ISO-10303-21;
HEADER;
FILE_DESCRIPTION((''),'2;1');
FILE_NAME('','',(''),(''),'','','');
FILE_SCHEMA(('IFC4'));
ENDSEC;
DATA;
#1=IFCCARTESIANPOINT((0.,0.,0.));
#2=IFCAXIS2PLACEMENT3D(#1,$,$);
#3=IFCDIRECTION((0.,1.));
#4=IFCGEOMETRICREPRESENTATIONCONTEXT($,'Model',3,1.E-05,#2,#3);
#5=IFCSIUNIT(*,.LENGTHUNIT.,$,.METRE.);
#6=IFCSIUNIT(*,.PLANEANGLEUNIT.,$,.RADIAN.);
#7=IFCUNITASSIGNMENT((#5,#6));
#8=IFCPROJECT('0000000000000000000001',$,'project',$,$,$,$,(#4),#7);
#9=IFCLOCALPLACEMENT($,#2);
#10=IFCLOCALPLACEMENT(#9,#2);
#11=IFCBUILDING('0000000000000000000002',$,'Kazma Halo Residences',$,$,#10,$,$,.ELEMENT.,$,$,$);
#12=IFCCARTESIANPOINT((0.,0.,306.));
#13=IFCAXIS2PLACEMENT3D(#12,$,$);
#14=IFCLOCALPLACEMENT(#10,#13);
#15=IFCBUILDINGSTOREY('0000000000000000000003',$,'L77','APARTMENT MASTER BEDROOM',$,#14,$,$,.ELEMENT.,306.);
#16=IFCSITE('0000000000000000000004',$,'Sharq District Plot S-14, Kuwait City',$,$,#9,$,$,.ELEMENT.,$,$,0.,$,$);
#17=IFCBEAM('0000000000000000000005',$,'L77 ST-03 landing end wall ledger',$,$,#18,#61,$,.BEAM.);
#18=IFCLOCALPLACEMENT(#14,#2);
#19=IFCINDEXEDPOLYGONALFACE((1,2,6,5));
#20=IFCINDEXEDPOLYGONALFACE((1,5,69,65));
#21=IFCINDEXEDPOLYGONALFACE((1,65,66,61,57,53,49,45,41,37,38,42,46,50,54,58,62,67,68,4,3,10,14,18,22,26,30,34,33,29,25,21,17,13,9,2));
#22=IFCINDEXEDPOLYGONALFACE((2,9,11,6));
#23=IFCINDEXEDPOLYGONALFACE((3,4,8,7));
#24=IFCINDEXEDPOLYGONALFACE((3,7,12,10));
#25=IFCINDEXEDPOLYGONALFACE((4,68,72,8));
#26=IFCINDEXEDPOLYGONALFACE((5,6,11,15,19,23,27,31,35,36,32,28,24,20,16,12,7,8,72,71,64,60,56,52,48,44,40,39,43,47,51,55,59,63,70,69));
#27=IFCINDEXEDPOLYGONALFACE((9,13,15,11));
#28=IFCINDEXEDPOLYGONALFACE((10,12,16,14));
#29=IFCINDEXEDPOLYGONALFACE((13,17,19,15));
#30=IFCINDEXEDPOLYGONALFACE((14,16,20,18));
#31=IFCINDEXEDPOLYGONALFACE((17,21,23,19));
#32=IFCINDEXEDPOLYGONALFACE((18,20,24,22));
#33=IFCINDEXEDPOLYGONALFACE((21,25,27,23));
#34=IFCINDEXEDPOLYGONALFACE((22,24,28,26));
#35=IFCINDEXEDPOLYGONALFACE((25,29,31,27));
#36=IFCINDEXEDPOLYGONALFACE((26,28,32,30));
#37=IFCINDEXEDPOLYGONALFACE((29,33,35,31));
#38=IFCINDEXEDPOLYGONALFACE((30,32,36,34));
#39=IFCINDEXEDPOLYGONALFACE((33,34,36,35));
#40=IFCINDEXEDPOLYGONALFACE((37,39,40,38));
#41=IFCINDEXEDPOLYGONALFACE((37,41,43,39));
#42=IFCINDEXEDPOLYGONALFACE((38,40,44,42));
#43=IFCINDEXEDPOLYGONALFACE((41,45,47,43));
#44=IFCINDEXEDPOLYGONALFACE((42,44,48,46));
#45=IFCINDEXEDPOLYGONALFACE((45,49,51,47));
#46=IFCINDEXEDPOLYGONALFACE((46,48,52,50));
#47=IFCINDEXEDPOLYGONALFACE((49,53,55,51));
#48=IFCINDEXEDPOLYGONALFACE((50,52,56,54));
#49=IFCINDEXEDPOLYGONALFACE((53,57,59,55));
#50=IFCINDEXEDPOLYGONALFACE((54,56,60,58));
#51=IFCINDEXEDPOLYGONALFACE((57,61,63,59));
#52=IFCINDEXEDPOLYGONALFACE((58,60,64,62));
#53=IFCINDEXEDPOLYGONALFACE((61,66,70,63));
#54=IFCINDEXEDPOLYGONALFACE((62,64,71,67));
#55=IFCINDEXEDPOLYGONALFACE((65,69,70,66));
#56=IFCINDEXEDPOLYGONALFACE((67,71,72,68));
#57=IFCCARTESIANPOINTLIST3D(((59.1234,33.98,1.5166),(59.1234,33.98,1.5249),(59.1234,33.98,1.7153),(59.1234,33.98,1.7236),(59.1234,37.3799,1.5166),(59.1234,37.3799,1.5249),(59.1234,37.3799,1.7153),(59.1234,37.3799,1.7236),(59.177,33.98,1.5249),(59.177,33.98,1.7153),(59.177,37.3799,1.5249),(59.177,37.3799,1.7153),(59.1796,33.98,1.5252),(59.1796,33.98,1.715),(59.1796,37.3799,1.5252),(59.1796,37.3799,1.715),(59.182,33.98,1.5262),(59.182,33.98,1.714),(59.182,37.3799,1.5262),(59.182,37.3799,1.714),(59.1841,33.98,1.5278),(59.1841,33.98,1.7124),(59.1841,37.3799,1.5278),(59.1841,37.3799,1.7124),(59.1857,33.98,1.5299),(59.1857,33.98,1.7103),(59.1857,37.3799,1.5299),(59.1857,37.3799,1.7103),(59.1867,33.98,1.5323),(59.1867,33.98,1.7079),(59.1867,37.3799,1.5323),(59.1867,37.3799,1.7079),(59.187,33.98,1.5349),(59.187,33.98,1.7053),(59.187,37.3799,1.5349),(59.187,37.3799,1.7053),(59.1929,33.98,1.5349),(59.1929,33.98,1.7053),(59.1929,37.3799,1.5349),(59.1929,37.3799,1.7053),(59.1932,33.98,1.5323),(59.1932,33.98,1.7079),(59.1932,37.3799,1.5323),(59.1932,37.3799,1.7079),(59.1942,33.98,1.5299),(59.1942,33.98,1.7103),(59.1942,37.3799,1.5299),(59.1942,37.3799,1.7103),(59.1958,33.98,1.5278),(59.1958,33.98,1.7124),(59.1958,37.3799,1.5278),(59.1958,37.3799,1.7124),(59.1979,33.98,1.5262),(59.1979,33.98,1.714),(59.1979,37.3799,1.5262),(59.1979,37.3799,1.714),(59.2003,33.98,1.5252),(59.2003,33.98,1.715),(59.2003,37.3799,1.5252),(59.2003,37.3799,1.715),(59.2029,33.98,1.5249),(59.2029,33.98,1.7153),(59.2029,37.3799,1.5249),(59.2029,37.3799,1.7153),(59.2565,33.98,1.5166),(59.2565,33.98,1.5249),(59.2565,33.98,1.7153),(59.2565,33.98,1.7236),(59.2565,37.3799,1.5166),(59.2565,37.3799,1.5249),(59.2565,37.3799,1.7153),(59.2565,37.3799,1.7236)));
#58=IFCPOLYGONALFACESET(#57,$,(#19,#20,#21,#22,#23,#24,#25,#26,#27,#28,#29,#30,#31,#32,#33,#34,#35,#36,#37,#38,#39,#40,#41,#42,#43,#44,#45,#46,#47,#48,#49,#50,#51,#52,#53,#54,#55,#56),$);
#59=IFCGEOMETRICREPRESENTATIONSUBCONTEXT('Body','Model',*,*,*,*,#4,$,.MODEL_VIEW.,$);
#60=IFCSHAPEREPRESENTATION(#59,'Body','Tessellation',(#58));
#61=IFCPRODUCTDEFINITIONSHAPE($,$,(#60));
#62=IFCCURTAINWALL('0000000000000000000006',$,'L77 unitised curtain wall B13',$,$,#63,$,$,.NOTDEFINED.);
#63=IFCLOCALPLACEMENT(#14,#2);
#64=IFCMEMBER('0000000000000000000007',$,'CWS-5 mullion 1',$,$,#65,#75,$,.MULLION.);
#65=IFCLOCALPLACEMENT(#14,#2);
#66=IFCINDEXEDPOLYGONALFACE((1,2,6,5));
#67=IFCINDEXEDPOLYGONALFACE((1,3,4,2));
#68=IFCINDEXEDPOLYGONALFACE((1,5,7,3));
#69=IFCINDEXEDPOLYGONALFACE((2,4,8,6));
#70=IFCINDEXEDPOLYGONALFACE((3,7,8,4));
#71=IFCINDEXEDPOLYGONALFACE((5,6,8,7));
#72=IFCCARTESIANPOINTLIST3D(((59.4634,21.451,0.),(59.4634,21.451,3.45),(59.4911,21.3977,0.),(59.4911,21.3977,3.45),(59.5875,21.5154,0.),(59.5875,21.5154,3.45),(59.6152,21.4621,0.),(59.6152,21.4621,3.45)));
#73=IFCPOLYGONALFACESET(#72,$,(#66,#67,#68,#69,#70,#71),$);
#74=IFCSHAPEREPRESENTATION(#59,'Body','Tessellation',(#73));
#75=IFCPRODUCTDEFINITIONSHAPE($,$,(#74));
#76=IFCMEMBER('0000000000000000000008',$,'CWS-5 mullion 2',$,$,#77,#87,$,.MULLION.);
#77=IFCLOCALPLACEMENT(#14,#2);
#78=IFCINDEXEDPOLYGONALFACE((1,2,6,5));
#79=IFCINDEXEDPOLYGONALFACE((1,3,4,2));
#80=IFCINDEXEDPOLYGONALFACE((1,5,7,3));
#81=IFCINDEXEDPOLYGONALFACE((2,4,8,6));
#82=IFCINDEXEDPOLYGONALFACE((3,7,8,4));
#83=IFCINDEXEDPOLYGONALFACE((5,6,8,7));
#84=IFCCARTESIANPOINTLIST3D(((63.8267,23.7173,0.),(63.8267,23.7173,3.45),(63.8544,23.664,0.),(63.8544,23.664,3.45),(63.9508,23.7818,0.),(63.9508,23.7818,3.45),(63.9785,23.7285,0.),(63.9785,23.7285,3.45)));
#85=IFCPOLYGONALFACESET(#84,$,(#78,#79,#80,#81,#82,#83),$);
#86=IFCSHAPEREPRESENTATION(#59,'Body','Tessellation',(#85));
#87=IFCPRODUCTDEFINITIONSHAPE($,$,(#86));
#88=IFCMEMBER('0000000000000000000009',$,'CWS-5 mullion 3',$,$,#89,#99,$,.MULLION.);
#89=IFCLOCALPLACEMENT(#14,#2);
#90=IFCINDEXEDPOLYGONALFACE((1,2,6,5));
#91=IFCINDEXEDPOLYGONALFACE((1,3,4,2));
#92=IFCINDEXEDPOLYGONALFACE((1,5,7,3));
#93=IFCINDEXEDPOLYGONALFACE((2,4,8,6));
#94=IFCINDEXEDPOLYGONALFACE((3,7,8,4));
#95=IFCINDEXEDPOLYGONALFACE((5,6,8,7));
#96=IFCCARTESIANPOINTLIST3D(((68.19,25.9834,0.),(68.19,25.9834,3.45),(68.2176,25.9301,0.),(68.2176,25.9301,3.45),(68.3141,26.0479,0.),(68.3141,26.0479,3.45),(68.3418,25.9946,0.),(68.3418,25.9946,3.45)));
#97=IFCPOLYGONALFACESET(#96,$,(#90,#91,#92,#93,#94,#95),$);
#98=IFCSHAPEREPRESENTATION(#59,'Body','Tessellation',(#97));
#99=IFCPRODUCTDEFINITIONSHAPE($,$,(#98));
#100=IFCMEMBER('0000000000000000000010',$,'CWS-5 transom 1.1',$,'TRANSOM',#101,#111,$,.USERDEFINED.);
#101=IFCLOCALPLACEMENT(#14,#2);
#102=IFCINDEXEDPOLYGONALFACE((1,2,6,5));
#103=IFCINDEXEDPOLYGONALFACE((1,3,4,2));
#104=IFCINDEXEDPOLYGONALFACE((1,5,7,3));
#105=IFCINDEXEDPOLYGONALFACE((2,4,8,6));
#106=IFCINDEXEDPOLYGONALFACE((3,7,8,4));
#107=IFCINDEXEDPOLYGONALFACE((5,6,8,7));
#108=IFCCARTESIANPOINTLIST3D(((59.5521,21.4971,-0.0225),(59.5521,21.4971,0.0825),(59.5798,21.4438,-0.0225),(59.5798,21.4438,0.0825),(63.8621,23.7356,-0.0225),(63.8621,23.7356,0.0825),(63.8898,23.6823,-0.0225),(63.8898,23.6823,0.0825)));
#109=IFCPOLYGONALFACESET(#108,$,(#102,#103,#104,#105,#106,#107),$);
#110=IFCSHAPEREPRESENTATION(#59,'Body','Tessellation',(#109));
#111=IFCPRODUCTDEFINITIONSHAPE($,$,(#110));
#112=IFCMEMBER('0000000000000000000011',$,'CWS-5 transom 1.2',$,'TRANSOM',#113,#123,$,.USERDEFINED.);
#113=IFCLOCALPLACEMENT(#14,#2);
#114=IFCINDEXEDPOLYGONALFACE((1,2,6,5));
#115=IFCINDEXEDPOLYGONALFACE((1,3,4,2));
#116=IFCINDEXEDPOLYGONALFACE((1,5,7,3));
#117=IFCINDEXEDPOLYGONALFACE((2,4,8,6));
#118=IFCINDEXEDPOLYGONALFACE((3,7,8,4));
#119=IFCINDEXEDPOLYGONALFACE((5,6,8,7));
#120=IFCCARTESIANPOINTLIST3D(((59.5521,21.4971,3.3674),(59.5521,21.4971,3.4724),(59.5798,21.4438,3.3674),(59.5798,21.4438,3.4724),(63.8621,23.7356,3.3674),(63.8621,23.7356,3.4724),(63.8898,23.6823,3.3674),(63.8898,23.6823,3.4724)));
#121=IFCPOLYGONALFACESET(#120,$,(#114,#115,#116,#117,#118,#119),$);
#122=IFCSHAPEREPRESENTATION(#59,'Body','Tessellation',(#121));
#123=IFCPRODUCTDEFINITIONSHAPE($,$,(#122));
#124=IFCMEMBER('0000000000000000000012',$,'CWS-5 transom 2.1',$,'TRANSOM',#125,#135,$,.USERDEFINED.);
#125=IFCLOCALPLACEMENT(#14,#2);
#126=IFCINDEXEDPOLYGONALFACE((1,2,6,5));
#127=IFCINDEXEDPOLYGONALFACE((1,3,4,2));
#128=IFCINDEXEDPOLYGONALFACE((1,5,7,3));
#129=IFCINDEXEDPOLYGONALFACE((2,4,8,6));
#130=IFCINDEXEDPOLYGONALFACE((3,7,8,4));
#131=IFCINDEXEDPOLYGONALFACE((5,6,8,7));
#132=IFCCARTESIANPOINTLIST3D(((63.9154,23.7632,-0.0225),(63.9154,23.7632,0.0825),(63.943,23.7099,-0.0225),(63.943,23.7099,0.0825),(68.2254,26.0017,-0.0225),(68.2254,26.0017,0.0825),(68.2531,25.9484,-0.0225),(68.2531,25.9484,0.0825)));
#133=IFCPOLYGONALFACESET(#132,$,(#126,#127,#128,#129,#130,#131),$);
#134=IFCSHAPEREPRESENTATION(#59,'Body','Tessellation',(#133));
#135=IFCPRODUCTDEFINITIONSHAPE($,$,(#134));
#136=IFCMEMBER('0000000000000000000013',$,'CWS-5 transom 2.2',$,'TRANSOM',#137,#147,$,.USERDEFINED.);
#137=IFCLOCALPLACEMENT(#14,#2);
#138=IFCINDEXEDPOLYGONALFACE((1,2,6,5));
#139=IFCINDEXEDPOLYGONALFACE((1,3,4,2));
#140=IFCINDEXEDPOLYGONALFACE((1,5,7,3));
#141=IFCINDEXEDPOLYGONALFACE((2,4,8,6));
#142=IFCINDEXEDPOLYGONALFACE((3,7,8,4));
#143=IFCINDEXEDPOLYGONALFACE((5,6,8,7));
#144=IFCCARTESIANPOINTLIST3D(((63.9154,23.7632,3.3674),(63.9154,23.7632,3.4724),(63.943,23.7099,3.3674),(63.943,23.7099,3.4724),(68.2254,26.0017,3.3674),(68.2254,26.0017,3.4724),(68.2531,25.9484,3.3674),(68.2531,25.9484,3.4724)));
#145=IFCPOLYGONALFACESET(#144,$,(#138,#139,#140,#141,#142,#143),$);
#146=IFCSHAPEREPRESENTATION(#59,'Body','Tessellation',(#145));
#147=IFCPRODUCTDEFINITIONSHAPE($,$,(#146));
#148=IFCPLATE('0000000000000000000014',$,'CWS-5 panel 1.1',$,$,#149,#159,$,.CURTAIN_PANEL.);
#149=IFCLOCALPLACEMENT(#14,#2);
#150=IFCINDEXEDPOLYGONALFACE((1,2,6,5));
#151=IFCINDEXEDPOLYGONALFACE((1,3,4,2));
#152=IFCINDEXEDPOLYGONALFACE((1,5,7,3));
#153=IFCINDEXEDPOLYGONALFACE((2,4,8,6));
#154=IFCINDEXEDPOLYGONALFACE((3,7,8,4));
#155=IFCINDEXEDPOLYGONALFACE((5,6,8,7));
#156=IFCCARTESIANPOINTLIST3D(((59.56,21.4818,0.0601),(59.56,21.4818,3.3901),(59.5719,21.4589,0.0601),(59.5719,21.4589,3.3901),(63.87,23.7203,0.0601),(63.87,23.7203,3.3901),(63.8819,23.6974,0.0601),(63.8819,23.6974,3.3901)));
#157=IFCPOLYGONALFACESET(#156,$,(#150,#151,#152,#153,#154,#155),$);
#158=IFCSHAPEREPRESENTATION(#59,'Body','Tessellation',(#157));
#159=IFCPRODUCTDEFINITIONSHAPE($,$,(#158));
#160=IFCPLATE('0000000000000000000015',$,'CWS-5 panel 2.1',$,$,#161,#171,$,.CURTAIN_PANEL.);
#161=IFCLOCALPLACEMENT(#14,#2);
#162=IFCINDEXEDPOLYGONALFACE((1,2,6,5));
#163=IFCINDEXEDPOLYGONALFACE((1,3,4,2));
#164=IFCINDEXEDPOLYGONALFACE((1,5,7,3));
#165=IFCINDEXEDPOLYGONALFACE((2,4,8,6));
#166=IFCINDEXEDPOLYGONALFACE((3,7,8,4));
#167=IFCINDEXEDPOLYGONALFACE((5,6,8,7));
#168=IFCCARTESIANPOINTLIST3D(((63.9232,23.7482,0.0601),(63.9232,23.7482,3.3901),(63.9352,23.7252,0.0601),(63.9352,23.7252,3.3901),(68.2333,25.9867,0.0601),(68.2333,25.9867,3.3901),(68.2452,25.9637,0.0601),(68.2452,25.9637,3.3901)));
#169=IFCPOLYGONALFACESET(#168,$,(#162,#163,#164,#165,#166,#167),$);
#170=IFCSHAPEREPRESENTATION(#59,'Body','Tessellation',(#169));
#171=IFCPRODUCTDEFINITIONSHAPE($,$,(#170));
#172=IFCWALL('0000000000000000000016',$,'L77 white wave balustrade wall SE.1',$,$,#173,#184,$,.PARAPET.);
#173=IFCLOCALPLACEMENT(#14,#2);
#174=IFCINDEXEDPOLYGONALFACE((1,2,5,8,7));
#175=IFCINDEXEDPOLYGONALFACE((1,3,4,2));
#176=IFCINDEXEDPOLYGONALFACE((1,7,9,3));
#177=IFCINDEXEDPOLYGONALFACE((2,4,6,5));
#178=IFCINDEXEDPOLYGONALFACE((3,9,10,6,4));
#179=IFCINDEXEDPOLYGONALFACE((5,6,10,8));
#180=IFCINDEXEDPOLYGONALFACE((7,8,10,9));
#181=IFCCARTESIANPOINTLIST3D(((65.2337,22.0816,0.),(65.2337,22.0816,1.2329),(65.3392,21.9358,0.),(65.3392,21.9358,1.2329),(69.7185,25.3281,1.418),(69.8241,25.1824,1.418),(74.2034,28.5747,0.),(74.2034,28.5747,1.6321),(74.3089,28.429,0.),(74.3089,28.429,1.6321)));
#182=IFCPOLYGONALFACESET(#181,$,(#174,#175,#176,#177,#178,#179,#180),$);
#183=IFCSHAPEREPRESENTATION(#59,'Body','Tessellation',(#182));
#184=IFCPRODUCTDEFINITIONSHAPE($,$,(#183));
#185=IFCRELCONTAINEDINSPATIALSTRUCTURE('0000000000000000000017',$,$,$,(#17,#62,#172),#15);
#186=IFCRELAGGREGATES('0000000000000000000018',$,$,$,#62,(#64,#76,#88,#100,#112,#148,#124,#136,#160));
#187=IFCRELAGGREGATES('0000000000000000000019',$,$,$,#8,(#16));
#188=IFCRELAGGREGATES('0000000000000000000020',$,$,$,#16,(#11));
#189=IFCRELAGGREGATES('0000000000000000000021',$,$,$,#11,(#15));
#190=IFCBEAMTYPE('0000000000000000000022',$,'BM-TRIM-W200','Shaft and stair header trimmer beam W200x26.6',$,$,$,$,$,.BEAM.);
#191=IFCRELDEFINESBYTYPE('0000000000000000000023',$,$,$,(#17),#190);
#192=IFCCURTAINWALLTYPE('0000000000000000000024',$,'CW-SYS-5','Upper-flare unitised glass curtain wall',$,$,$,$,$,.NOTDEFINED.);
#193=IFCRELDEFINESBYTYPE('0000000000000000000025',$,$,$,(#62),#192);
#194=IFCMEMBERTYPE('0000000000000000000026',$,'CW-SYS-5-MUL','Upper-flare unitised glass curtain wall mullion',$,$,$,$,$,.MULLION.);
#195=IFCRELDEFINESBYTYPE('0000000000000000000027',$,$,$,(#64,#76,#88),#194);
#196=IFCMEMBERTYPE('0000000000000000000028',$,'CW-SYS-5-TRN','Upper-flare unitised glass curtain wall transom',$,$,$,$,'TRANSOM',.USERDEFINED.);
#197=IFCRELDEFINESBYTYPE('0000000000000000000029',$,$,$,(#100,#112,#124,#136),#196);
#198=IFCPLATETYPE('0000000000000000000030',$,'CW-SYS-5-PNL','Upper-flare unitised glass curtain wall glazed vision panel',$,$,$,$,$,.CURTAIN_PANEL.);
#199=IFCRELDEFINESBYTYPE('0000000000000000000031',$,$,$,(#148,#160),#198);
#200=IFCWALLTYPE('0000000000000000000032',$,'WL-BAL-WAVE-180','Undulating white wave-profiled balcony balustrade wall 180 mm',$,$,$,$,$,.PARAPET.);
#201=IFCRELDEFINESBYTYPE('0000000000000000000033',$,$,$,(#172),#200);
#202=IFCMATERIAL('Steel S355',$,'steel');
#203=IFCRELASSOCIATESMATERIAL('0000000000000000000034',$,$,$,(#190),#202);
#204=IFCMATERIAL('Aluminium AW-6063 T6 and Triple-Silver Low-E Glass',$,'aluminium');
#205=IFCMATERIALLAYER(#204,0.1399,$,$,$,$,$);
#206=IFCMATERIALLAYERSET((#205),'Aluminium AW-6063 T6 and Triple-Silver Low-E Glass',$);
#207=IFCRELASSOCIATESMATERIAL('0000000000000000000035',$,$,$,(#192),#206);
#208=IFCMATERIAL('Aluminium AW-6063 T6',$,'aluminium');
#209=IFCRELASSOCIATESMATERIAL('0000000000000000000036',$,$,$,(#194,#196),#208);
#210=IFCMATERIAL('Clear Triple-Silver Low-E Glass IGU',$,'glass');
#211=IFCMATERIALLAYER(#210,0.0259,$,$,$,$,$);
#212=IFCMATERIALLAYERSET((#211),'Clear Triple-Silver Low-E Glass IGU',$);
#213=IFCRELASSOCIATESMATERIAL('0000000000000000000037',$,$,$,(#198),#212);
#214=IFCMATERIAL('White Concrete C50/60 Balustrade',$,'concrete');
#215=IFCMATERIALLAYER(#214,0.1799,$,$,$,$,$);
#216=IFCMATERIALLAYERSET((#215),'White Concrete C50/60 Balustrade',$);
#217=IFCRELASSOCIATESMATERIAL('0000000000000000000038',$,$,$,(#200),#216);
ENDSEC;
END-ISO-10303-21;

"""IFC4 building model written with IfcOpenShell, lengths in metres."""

from ifc_helpers import new_model, si_unit, direction, frame, origin, origin_2d, place, context, subcontext, project, spatial, polyline, rectangle, i_section, outline, extrude, material, layer, layer_set, material_profile, profile_set, type_object, element, aggregate, save


model = new_model("IFC4")

# Units and contexts
model_context = context("Model", 3, precision=1e-05, world=origin(), true_north=direction((0.0, 1.0)))
body_context = subcontext(model_context, "Body", "Model", "MODEL_VIEW")
ifc_project = project(units=[si_unit("LENGTHUNIT", "METRE"), si_unit("PLANEANGLEUNIT", "RADIAN")], contexts=[model_context])

# Site, building, storey
site_placement = place(None, origin())
site = spatial("IfcSite", under=ifc_project, at=site_placement, Name="Sharq District Plot S-14, Kuwait City", CompositionType="ELEMENT", RefElevation=0.0)
building_placement = place(site_placement, origin())
building = spatial("IfcBuilding", under=site, at=building_placement, Name="Kazma Halo Residences", CompositionType="ELEMENT")
storey_placement = place(building_placement, frame((0.0, 0.0, 306.0)))
storey = spatial("IfcBuildingStorey", under=building, at=storey_placement, Name="L77", Description="APARTMENT MASTER BEDROOM", CompositionType="ELEMENT", Elevation=306.0)

# Beam
ifc_material_1 = material(Name="Steel S355", Category="steel")
ifc_material_profile_1 = material_profile(ifc_material_1, i_section(OverallWidth=0.1331, OverallDepth=0.207, WebThickness=0.0059, FlangeThickness=0.0083, FilletRadius=0.01, at=origin_2d()), Name="W200x26.6")
ifc_profile_set_1 = profile_set([ifc_material_profile_1], Name="Steel S355")
beam_type_1 = type_object("IfcBeamType", Name="BM-TRIM-W200", Description="Shaft and stair header trimmer beam W200x26.6", PredefinedType="BEAM", material=ifc_profile_set_1)
beam_1_placement = place(storey_placement, frame((59.1899, 33.98, 1.6201), z_axis=(0.0, 1.0, 0.0), x_axis=(-1.0, 0.0, 0.0)))
element("IfcBeam", 1, at=beam_1_placement, inside=storey, type_object=beam_type_1, Name="L77 ST-03 landing end wall ledger", PredefinedType="BEAM", context=body_context, shape_type="SweptSolid", body=[
    extrude(i_section(OverallWidth=0.1331, OverallDepth=0.207, WebThickness=0.0059, FlangeThickness=0.0083, FilletRadius=0.01, at=origin_2d()), origin(), (0.0, 0.0, 1.0), 3.3999),
])

# Curtain wall, members, plates
ifc_material_2 = material(Name="Aluminium AW-6063 T6 and Triple-Silver Low-E Glass", Category="aluminium")
ifc_layer_1 = layer(ifc_material_2, 0.1399)
ifc_layer_set_1 = layer_set([ifc_layer_1], Name="Aluminium AW-6063 T6 and Triple-Silver Low-E Glass")
curtain_wall_type = type_object("IfcCurtainWallType", Name="CW-SYS-5", Description="Upper-flare unitised glass curtain wall", PredefinedType="NOTDEFINED", material=ifc_layer_set_1)
curtain_wall_placement = place(storey_placement, origin())
curtain_wall = element("IfcCurtainWall", 2, at=curtain_wall_placement, inside=storey, type_object=curtain_wall_type, Name="L77 unitised curtain wall B13", PredefinedType="NOTDEFINED")
ifc_material_3 = material(Name="Aluminium AW-6063 T6", Category="aluminium")
ifc_material_profile_2 = material_profile(ifc_material_3, rectangle(XDim=0.0601, YDim=0.1399, at=origin_2d()), Name="CWM-60x140")
ifc_profile_set_2 = profile_set([ifc_material_profile_2], Name="Aluminium AW-6063 T6")
member_type_1 = type_object("IfcMemberType", Name="CW-SYS-5-MUL", Description="Upper-flare unitised glass curtain wall mullion", PredefinedType="MULLION", material=ifc_profile_set_2)
member_1_placement = place(storey_placement, frame((59.5393, 21.4565, 0.0), z_axis=(0.0, 0.0, 1.0), x_axis=(-0.460915, 0.887444, 0.0)))
member_1 = element("IfcMember", 3, at=member_1_placement, type_object=member_type_1, Name="CWS-5 mullion 1", PredefinedType="MULLION", context=body_context, shape_type="SweptSolid", body=[
    extrude(rectangle(XDim=0.0601, YDim=0.1399, at=origin_2d()), origin(), (0.0, 0.0, 1.0), 3.45),
])
member_2_placement = place(storey_placement, frame((63.9026, 23.7229, 0.0), z_axis=(0.0, 0.0, 1.0), x_axis=(-0.460915, 0.887444, 0.0)))
member_2 = element("IfcMember", 4, at=member_2_placement, type_object=member_type_1, Name="CWS-5 mullion 2", PredefinedType="MULLION", context=body_context, shape_type="SweptSolid", body=[
    extrude(rectangle(XDim=0.0601, YDim=0.1399, at=origin_2d()), origin(), (0.0, 0.0, 1.0), 3.45),
])
member_3_placement = place(storey_placement, frame((68.2659, 25.989, 0.0), z_axis=(0.0, 0.0, 1.0), x_axis=(-0.460915, 0.887444, 0.0)))
member_3 = element("IfcMember", 5, at=member_3_placement, type_object=member_type_1, Name="CWS-5 mullion 3", PredefinedType="MULLION", context=body_context, shape_type="SweptSolid", body=[
    extrude(rectangle(XDim=0.0601, YDim=0.1399, at=origin_2d()), origin(), (0.0, 0.0, 1.0), 3.45),
])
ifc_material_profile_3 = material_profile(ifc_material_3, rectangle(XDim=0.0601, YDim=0.105, at=origin_2d()), Name="CWT-60x105")
ifc_profile_set_3 = profile_set([ifc_material_profile_3], Name="Aluminium AW-6063 T6")
member_type_2 = type_object("IfcMemberType", Name="CW-SYS-5-TRN", Description="Upper-flare unitised glass curtain wall transom", ElementType="TRANSOM", PredefinedType="USERDEFINED", material=ifc_profile_set_3)
member_4_placement = place(storey_placement, frame((59.5659, 21.4705, 0.03), z_axis=(0.887445, 0.460914, 0.0), x_axis=(-0.460914, 0.887445, 0.0)))
member_4 = element("IfcMember", 6, at=member_4_placement, type_object=member_type_2, Name="CWS-5 transom 1.1", ObjectType="TRANSOM", PredefinedType="USERDEFINED", context=body_context, shape_type="SweptSolid", body=[
    extrude(rectangle(XDim=0.0601, YDim=0.105, at=origin_2d()), origin(), (0.0, 0.0, 1.0), 4.8567),
])
member_5_placement = place(storey_placement, frame((59.5659, 21.4705, 3.4199), z_axis=(0.887445, 0.460914, 0.0), x_axis=(-0.460914, 0.887445, 0.0)))
member_5 = element("IfcMember", 7, at=member_5_placement, type_object=member_type_2, Name="CWS-5 transom 1.2", ObjectType="TRANSOM", PredefinedType="USERDEFINED", context=body_context, shape_type="SweptSolid", body=[
    extrude(rectangle(XDim=0.0601, YDim=0.105, at=origin_2d()), origin(), (0.0, 0.0, 1.0), 4.8567),
])
member_6_placement = place(storey_placement, frame((63.9292, 23.7366, 0.03), z_axis=(0.887445, 0.460914, 0.0), x_axis=(-0.460914, 0.887445, 0.0)))
member_6 = element("IfcMember", 8, at=member_6_placement, type_object=member_type_2, Name="CWS-5 transom 2.1", ObjectType="TRANSOM", PredefinedType="USERDEFINED", context=body_context, shape_type="SweptSolid", body=[
    extrude(rectangle(XDim=0.0601, YDim=0.105, at=origin_2d()), origin(), (0.0, 0.0, 1.0), 4.8567),
])
member_7_placement = place(storey_placement, frame((63.9292, 23.7366, 3.4199), z_axis=(0.887445, 0.460914, 0.0), x_axis=(-0.460914, 0.887445, 0.0)))
member_7 = element("IfcMember", 9, at=member_7_placement, type_object=member_type_2, Name="CWS-5 transom 2.2", ObjectType="TRANSOM", PredefinedType="USERDEFINED", context=body_context, shape_type="SweptSolid", body=[
    extrude(rectangle(XDim=0.0601, YDim=0.105, at=origin_2d()), origin(), (0.0, 0.0, 1.0), 4.8567),
])
ifc_material_4 = material(Name="Clear Triple-Silver Low-E Glass IGU", Category="glass")
ifc_layer_2 = layer(ifc_material_4, 0.0259)
ifc_layer_set_2 = layer_set([ifc_layer_2], Name="Clear Triple-Silver Low-E Glass IGU")
plate_type = type_object("IfcPlateType", Name="CW-SYS-5-PNL", Description="Upper-flare unitised glass curtain wall glazed vision panel", PredefinedType="CURTAIN_PANEL", material=ifc_layer_set_2)
plate_1_placement = place(storey_placement, frame((61.7209, 22.5896, 0.0601), z_axis=(0.0, 0.0, 1.0), x_axis=(0.887444, 0.460915, 0.0)))
plate_1 = element("IfcPlate", 10, at=plate_1_placement, type_object=plate_type, Name="CWS-5 panel 1.1", PredefinedType="CURTAIN_PANEL", context=body_context, shape_type="SweptSolid", body=[
    extrude(rectangle(XDim=4.8567, YDim=0.0259, at=origin_2d()), origin(), (0.0, 0.0, 1.0), 3.3301),
])
plate_2_placement = place(storey_placement, frame((66.0842, 24.856, 0.0601), z_axis=(0.0, 0.0, 1.0), x_axis=(0.887444, 0.460915, 0.0)))
plate_2 = element("IfcPlate", 11, at=plate_2_placement, type_object=plate_type, Name="CWS-5 panel 2.1", PredefinedType="CURTAIN_PANEL", context=body_context, shape_type="SweptSolid", body=[
    extrude(rectangle(XDim=4.8567, YDim=0.0259, at=origin_2d()), origin(), (0.0, 0.0, 1.0), 3.3301),
])
aggregate(curtain_wall, [member_1, member_2, member_3, member_4, member_5, plate_1, member_6, member_7, plate_2])

# Wall
ifc_material_5 = material(Name="White Concrete C50/60 Balustrade", Category="concrete")
ifc_layer_3 = layer(ifc_material_5, 0.1799)
ifc_layer_set_3 = layer_set([ifc_layer_3], Name="White Concrete C50/60 Balustrade")
wall_type_1 = type_object("IfcWallType", Name="WL-BAL-WAVE-180", Description="Undulating white wave-profiled balcony balustrade wall 180 mm", PredefinedType="PARAPET", material=ifc_layer_set_3)
wall_1_placement = place(storey_placement, frame((65.2864, 22.0088, 0.0), z_axis=(0.0, 0.0, 1.0), x_axis=(0.810035, 0.586382, 0.0)))
element("IfcWall", 12, at=wall_1_placement, inside=storey, type_object=wall_type_1, Name="L77 white wave balustrade wall SE.1", PredefinedType="PARAPET", context=body_context, shape_type="SweptSolid", body=[
    extrude(outline(polyline([(0.0, 0.0), (11.0732, 0.0), (11.0732, 1.6321), (5.5366, 1.418), (0.0, 1.2329), (0.0, 0.0)])), frame((0.0, 0.0898, 0.0), z_axis=(0.0, -1.0, 0.0), x_axis=(1.0, 0.0, 0.0)), (0.0, 0.0, 1.0), 0.1799),
])

save(model, "model.ifc")
